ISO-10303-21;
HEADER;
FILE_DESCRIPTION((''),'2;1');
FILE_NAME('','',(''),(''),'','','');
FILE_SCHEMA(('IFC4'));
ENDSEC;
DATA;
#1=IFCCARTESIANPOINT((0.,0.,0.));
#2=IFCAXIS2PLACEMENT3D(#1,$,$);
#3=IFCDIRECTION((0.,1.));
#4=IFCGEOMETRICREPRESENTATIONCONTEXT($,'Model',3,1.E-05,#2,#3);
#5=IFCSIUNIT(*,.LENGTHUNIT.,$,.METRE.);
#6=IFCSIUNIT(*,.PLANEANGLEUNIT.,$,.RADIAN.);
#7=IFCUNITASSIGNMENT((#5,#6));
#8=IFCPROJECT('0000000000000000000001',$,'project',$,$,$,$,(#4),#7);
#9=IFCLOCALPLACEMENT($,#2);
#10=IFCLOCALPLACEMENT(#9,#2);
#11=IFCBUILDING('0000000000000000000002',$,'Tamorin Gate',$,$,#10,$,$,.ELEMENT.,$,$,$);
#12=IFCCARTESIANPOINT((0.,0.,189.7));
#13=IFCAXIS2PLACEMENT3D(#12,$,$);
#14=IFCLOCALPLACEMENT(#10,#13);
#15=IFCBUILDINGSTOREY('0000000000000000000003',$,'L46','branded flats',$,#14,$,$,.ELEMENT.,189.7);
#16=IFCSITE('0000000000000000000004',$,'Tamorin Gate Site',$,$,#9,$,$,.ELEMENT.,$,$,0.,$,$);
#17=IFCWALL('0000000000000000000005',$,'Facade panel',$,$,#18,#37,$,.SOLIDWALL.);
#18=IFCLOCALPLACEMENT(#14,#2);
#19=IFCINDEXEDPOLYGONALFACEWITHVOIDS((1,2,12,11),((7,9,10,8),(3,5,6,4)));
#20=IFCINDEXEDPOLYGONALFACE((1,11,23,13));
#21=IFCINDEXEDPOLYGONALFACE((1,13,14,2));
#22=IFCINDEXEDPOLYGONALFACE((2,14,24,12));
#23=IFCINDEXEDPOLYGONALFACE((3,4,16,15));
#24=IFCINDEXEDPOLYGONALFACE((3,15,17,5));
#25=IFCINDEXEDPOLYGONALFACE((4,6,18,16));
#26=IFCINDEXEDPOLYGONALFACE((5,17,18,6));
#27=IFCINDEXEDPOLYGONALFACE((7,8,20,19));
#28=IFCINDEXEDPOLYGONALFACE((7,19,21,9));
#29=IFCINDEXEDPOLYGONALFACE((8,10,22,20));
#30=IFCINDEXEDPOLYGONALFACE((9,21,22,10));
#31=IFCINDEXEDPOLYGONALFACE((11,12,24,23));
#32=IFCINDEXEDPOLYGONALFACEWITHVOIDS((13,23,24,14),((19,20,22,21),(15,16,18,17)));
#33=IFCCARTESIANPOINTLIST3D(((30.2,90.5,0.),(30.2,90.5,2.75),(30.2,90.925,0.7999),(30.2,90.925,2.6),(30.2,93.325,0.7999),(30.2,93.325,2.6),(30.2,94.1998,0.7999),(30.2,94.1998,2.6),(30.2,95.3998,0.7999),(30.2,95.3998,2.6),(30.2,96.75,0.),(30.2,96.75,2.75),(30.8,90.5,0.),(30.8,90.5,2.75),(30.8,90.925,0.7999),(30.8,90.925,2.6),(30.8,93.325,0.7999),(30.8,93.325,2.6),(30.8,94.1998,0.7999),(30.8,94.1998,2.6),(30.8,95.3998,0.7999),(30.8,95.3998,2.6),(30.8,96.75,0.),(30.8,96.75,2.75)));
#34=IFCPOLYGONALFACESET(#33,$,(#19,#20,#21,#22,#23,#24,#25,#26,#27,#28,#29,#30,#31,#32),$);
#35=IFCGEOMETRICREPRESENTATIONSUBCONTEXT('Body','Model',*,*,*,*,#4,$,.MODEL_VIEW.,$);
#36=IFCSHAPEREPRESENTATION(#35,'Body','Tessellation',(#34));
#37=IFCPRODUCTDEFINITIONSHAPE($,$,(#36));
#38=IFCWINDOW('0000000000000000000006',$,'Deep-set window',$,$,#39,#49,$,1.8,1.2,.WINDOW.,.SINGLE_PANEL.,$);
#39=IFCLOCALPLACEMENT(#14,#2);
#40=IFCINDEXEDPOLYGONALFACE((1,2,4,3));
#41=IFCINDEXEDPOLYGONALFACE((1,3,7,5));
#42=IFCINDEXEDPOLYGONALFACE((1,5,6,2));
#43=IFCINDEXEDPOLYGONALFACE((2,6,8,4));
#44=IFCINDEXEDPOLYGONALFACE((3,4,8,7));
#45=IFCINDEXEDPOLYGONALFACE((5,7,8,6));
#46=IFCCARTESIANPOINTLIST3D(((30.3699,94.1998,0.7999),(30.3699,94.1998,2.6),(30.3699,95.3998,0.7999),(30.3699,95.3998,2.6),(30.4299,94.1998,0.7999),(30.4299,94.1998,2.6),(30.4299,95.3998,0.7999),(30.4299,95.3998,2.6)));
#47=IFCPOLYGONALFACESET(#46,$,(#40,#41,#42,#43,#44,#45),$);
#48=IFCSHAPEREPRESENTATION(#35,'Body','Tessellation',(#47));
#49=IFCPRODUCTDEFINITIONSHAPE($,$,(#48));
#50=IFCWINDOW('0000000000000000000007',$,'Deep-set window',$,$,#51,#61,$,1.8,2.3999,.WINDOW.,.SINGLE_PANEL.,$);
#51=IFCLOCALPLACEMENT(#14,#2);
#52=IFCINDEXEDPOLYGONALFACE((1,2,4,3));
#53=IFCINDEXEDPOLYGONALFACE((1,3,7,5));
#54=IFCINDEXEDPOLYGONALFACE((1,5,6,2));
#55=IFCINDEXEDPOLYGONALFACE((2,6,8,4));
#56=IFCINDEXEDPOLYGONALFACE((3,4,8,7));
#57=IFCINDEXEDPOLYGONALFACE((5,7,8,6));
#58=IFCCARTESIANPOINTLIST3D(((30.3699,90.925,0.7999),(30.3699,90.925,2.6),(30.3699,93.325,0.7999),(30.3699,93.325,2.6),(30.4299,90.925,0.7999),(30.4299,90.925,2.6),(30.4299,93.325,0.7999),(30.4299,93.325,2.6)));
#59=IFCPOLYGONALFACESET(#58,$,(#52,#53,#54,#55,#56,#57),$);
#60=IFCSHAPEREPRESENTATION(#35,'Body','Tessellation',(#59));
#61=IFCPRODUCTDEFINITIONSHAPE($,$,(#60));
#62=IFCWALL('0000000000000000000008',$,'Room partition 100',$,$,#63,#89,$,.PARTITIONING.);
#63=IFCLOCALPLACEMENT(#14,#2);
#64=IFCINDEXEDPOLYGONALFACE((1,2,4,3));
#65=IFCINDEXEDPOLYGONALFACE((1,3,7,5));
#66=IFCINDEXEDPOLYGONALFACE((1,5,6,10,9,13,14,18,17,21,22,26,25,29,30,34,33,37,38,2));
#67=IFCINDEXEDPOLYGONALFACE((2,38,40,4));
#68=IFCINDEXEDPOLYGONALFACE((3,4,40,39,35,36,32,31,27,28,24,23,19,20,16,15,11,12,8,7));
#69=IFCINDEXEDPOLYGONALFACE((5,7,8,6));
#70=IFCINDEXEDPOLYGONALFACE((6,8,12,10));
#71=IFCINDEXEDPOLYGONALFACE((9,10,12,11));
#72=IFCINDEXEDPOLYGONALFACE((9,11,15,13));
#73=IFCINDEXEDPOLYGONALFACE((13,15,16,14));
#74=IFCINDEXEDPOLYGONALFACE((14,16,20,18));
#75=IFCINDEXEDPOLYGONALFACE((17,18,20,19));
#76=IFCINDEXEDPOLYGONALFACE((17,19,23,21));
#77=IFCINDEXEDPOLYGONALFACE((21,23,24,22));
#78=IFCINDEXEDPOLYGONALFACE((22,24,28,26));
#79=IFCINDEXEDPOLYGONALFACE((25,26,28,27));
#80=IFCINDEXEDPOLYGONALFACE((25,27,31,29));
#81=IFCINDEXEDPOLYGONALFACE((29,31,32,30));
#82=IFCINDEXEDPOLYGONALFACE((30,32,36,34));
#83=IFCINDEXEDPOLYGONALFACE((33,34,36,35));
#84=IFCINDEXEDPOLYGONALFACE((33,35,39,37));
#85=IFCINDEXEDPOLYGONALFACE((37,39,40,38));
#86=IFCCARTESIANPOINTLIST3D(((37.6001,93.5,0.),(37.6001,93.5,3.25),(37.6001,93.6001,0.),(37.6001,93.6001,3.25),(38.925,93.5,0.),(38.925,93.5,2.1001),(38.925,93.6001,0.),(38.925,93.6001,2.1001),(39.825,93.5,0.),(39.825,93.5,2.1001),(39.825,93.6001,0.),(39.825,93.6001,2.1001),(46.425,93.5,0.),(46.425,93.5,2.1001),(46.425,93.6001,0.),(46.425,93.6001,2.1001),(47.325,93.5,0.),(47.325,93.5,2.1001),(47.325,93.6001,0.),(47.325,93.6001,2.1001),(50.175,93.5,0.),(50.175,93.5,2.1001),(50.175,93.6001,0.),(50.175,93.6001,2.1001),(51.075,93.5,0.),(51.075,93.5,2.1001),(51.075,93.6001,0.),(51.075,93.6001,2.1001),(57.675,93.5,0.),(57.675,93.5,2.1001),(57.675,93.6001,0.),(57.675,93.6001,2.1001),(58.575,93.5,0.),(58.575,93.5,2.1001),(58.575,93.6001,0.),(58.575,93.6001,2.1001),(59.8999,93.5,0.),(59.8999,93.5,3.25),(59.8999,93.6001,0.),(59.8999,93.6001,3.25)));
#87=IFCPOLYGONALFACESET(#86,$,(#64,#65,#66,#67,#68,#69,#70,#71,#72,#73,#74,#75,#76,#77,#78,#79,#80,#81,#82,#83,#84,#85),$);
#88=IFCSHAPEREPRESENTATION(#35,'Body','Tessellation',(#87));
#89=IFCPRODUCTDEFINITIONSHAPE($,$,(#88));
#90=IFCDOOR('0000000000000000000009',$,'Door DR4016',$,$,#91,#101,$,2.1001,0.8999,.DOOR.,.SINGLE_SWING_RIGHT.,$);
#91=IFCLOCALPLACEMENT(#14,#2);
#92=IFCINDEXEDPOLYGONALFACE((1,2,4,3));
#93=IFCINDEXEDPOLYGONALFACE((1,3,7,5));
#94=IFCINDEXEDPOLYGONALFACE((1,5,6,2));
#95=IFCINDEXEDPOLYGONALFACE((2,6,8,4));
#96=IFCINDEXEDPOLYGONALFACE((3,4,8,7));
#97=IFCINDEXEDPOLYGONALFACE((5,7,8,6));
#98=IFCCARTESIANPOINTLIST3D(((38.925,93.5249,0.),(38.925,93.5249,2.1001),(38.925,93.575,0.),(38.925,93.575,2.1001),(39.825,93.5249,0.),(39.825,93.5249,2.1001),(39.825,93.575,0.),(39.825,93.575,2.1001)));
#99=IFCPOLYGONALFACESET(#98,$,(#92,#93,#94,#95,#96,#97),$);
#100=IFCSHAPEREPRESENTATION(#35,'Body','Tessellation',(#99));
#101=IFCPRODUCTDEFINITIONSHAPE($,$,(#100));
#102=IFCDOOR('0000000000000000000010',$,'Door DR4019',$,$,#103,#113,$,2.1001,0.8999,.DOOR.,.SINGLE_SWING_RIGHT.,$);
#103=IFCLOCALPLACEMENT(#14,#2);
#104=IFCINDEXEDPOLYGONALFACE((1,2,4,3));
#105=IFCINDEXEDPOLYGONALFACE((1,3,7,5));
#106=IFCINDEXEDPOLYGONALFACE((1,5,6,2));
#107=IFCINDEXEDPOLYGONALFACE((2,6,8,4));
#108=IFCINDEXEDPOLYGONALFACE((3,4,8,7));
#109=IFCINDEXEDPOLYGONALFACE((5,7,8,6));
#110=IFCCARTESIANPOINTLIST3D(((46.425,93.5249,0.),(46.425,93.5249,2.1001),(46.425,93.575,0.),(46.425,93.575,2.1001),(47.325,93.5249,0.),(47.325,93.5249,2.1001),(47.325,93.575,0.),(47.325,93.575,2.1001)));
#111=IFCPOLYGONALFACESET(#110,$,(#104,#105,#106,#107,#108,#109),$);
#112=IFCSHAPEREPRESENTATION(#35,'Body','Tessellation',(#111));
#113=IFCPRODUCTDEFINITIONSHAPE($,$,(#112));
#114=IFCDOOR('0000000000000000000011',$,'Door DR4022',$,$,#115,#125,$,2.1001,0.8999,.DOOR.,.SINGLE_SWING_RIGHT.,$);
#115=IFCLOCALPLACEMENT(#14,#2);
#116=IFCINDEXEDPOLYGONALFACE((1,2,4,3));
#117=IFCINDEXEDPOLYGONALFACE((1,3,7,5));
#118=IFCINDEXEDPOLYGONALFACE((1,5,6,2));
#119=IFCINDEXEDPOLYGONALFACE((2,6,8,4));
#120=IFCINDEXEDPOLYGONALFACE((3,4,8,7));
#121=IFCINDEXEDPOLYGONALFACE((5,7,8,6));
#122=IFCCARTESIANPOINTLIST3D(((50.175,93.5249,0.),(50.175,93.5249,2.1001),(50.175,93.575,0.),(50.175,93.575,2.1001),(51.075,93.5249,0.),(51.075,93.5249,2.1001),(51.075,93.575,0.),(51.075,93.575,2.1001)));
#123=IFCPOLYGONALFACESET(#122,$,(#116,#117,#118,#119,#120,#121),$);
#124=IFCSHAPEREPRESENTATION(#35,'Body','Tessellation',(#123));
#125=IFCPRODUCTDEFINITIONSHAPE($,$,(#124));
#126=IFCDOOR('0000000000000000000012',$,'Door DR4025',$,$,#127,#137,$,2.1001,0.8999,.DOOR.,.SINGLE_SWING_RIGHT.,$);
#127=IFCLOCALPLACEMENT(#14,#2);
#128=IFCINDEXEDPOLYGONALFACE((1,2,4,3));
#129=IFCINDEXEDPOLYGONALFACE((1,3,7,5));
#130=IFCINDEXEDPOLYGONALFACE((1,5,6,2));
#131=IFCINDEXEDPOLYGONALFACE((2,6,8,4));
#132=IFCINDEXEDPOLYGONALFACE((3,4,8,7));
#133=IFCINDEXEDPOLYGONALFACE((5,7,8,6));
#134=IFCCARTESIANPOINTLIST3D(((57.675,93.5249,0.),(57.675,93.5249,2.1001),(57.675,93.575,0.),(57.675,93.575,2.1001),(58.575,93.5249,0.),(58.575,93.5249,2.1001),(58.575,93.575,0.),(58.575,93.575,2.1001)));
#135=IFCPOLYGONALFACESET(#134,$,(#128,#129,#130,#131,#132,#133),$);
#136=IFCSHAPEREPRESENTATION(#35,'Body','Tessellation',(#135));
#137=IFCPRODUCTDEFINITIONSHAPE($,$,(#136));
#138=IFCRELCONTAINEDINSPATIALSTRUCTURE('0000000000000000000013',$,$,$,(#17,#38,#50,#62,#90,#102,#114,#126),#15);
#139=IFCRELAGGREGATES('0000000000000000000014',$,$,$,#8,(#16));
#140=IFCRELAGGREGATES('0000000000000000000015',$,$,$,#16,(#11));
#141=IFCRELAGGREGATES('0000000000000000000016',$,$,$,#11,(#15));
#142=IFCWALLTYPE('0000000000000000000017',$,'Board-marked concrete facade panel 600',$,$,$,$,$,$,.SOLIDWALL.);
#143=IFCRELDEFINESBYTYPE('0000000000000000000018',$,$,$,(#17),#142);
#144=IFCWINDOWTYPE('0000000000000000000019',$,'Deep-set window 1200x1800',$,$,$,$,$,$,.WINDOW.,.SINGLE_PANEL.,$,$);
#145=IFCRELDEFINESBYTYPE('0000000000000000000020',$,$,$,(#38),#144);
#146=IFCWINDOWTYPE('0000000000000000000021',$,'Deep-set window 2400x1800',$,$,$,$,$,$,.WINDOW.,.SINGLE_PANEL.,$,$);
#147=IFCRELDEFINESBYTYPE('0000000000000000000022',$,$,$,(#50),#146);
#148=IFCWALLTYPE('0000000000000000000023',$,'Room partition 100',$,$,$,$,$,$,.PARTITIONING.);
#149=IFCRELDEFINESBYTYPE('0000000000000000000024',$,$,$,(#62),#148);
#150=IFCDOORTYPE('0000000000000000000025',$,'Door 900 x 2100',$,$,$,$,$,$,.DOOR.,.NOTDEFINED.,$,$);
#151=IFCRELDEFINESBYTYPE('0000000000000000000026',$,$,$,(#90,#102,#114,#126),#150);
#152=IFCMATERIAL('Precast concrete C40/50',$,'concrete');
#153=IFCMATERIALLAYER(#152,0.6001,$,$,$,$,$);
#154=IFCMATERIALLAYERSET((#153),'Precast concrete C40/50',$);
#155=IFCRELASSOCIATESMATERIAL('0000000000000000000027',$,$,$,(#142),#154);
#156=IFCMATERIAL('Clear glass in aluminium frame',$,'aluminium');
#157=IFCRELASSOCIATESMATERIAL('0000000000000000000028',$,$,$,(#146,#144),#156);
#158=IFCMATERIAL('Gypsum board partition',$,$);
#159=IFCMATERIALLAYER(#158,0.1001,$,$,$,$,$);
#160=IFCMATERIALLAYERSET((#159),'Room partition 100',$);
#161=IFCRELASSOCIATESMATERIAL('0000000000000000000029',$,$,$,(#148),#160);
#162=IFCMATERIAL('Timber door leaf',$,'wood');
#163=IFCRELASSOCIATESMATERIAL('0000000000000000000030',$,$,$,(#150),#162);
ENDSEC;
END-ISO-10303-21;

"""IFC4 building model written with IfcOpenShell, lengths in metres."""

from ifc_helpers import new_model, si_unit, direction, frame, frame_2d, origin, place, context, subcontext, project, spatial, rectangle, extrude, material, layer, layer_set, type_object, element, fill, save


model = new_model("IFC4")

# Units and contexts
model_context = context("Model", 3, precision=1e-05, world=origin(), true_north=direction((0.0, 1.0)))
body_context = subcontext(model_context, "Body", "Model", "MODEL_VIEW")
ifc_project = project(units=[si_unit("LENGTHUNIT", "METRE"), si_unit("PLANEANGLEUNIT", "RADIAN")], contexts=[model_context])

# Site, building, storey
site_placement = place(None, origin())
site = spatial("IfcSite", under=ifc_project, at=site_placement, Name="Tamorin Gate Site", CompositionType="ELEMENT", RefElevation=0.0)
building_placement = place(site_placement, origin())
building = spatial("IfcBuilding", under=site, at=building_placement, Name="Tamorin Gate", CompositionType="ELEMENT")
storey_placement = place(building_placement, frame((0.0, 0.0, 189.7)))
storey = spatial("IfcBuildingStorey", under=building, at=storey_placement, Name="L46", Description="branded flats", CompositionType="ELEMENT", Elevation=189.7)

# Shared definitions
ifc_material_1 = material(Name="Precast concrete C40/50", Category="concrete")
ifc_layer_1 = layer(ifc_material_1, 0.6001)
ifc_layer_set_1 = layer_set([ifc_layer_1], Name="Precast concrete C40/50")
wall_type_1 = type_object("IfcWallType", Name="Board-marked concrete facade panel 600", PredefinedType="SOLIDWALL", material=ifc_layer_set_1)
ifc_material_2 = material(Name="Clear glass in aluminium frame", Category="aluminium")
window_type_1 = type_object("IfcWindowType", Name="Deep-set window 2400x1800", PartitioningType="SINGLE_PANEL", PredefinedType="WINDOW", material=ifc_material_2)

# Wall, openings, windows
wall_1_placement = place(storey_placement, frame((30.5, 96.75, 0.0), z_axis=(0.0, 0.0, 1.0), x_axis=(0.0, -1.0, 0.0)))
wall_1 = element("IfcWall", 1, at=wall_1_placement, inside=storey, type_object=wall_type_1, Name="Facade panel", PredefinedType="SOLIDWALL", context=body_context, shape_type="SweptSolid", body=[
    extrude(rectangle(XDim=6.25, YDim=0.6001, at=frame_2d((3.125, 0.0))), origin(), (0.0, 0.0, 1.0), 2.75),
])
opening_1_placement = place(wall_1_placement, frame((3.425, 0.0, 0.8)))
opening_1 = element("IfcOpeningElement", 2, at=opening_1_placement, cuts=wall_1, PredefinedType="OPENING", context=body_context, shape_type="SweptSolid", body=[
    extrude(rectangle(XDim=2.3999, YDim=1.8, at=frame_2d((1.2, 0.8999))), frame((0.0, 0.3101, 0.0), z_axis=(0.0, -1.0, 0.0), x_axis=(1.0, 0.0, 0.0)), (0.0, 0.0, 1.0), 0.6201),
])
opening_2_placement = place(wall_1_placement, frame((1.3501, 0.0, 0.8)))
opening_2 = element("IfcOpeningElement", 3, at=opening_2_placement, cuts=wall_1, PredefinedType="OPENING", context=body_context, shape_type="SweptSolid", body=[
    extrude(rectangle(XDim=1.2, YDim=1.8, at=frame_2d((0.6001, 0.8999))), frame((0.0, 0.3101, 0.0), z_axis=(0.0, -1.0, 0.0), x_axis=(1.0, 0.0, 0.0)), (0.0, 0.0, 1.0), 0.6201),
])
window_type_2 = type_object("IfcWindowType", Name="Deep-set window 1200x1800", PartitioningType="SINGLE_PANEL", PredefinedType="WINDOW", material=ifc_material_2)
window_1_placement = place(opening_2_placement, origin())
window_1 = element("IfcWindow", 4, at=window_1_placement, inside=storey, type_object=window_type_2, Name="Deep-set window", OverallHeight=1.8, OverallWidth=1.2, PartitioningType="SINGLE_PANEL", PredefinedType="WINDOW", context=body_context, shape_type="SweptSolid", body=[
    extrude(rectangle(XDim=1.2, YDim=1.8, at=frame_2d((0.6001, 0.8999))), frame((0.0, -0.0701, 0.0), z_axis=(0.0, -1.0, 0.0), x_axis=(1.0, 0.0, 0.0)), (0.0, 0.0, 1.0), 0.0601),
])
fill(opening_2, window_1)
window_2_placement = place(opening_1_placement, origin())
window_2 = element("IfcWindow", 5, at=window_2_placement, inside=storey, type_object=window_type_1, Name="Deep-set window", OverallHeight=1.8, OverallWidth=2.3999, PartitioningType="SINGLE_PANEL", PredefinedType="WINDOW", context=body_context, shape_type="SweptSolid", body=[
    extrude(rectangle(XDim=2.3999, YDim=1.8, at=frame_2d((1.2, 0.8999))), frame((0.0, -0.0701, 0.0), z_axis=(0.0, -1.0, 0.0), x_axis=(1.0, 0.0, 0.0)), (0.0, 0.0, 1.0), 0.0601),
])
fill(opening_1, window_2)

# Wall, openings, doors
ifc_material_3 = material(Name="Gypsum board partition")
ifc_layer_2 = layer(ifc_material_3, 0.1001)
ifc_layer_set_2 = layer_set([ifc_layer_2], Name="Room partition 100")
wall_type_2 = type_object("IfcWallType", Name="Room partition 100", PredefinedType="PARTITIONING", material=ifc_layer_set_2)
wall_2_placement = place(storey_placement, frame((37.6001, 93.55, 0.0), z_axis=(0.0, 0.0, 1.0), x_axis=(1.0, 0.0, 0.0)))
wall_2 = element("IfcWall", 6, at=wall_2_placement, inside=storey, type_object=wall_type_2, Name="Room partition 100", PredefinedType="PARTITIONING", context=body_context, shape_type="SweptSolid", body=[
    extrude(rectangle(XDim=22.2998, YDim=0.1001, at=frame_2d((11.1499, 0.0))), origin(), (0.0, 0.0, 1.0), 3.25),
])
opening_3_placement = place(wall_2_placement, frame((1.325, 0.0, 0.0)))
opening_3 = element("IfcOpeningElement", 7, at=opening_3_placement, cuts=wall_2, PredefinedType="OPENING", context=body_context, shape_type="SweptSolid", body=[
    extrude(rectangle(XDim=0.8999, YDim=2.1001, at=frame_2d((0.45, 1.05))), frame((0.0, 0.0601, 0.0), z_axis=(0.0, -1.0, 0.0), x_axis=(1.0, 0.0, 0.0)), (0.0, 0.0, 1.0), 0.1201),
])
opening_4_placement = place(wall_2_placement, frame((8.825, 0.0, 0.0)))
opening_4 = element("IfcOpeningElement", 8, at=opening_4_placement, cuts=wall_2, PredefinedType="OPENING", context=body_context, shape_type="SweptSolid", body=[
    extrude(rectangle(XDim=0.8999, YDim=2.1001, at=frame_2d((0.45, 1.05))), frame((0.0, 0.0601, 0.0), z_axis=(0.0, -1.0, 0.0), x_axis=(1.0, 0.0, 0.0)), (0.0, 0.0, 1.0), 0.1201),
])
opening_5_placement = place(wall_2_placement, frame((12.575, 0.0, 0.0)))
opening_5 = element("IfcOpeningElement", 9, at=opening_5_placement, cuts=wall_2, PredefinedType="OPENING", context=body_context, shape_type="SweptSolid", body=[
    extrude(rectangle(XDim=0.8999, YDim=2.1001, at=frame_2d((0.45, 1.05))), frame((0.0, 0.0601, 0.0), z_axis=(0.0, -1.0, 0.0), x_axis=(1.0, 0.0, 0.0)), (0.0, 0.0, 1.0), 0.1201),
])
opening_6_placement = place(wall_2_placement, frame((20.075, 0.0, 0.0)))
opening_6 = element("IfcOpeningElement", 10, at=opening_6_placement, cuts=wall_2, PredefinedType="OPENING", context=body_context, shape_type="SweptSolid", body=[
    extrude(rectangle(XDim=0.8999, YDim=2.1001, at=frame_2d((0.45, 1.05))), frame((0.0, 0.0601, 0.0), z_axis=(0.0, -1.0, 0.0), x_axis=(1.0, 0.0, 0.0)), (0.0, 0.0, 1.0), 0.1201),
])
ifc_material_4 = material(Name="Timber door leaf", Category="wood")
door_type = type_object("IfcDoorType", Name="Door 900 x 2100", OperationType="NOTDEFINED", PredefinedType="DOOR", material=ifc_material_4)
door_1_placement = place(opening_3_placement, origin())
door_1 = element("IfcDoor", 11, at=door_1_placement, inside=storey, type_object=door_type, Name="Door DR4016", OperationType="SINGLE_SWING_RIGHT", OverallHeight=2.1001, OverallWidth=0.8999, PredefinedType="DOOR", context=body_context, shape_type="SweptSolid", body=[
    extrude(rectangle(XDim=0.8999, YDim=2.1001, at=frame_2d((0.45, 1.05))), frame((0.0, 0.0249, 0.0), z_axis=(0.0, -1.0, 0.0), x_axis=(1.0, 0.0, 0.0)), (0.0, 0.0, 1.0), 0.05),
])
fill(opening_3, door_1)
door_2_placement = place(opening_4_placement, origin())
door_2 = element("IfcDoor", 12, at=door_2_placement, inside=storey, type_object=door_type, Name="Door DR4019", OperationType="SINGLE_SWING_RIGHT", OverallHeight=2.1001, OverallWidth=0.8999, PredefinedType="DOOR", context=body_context, shape_type="SweptSolid", body=[
    extrude(rectangle(XDim=0.8999, YDim=2.1001, at=frame_2d((0.45, 1.05))), frame((0.0, 0.0249, 0.0), z_axis=(0.0, -1.0, 0.0), x_axis=(1.0, 0.0, 0.0)), (0.0, 0.0, 1.0), 0.05),
])
fill(opening_4, door_2)
door_3_placement = place(opening_5_placement, origin())
door_3 = element("IfcDoor", 13, at=door_3_placement, inside=storey, type_object=door_type, Name="Door DR4022", OperationType="SINGLE_SWING_RIGHT", OverallHeight=2.1001, OverallWidth=0.8999, PredefinedType="DOOR", context=body_context, shape_type="SweptSolid", body=[
    extrude(rectangle(XDim=0.8999, YDim=2.1001, at=frame_2d((0.45, 1.05))), frame((0.0, 0.0249, 0.0), z_axis=(0.0, -1.0, 0.0), x_axis=(1.0, 0.0, 0.0)), (0.0, 0.0, 1.0), 0.05),
])
fill(opening_5, door_3)
door_4_placement = place(opening_6_placement, origin())
door_4 = element("IfcDoor", 14, at=door_4_placement, inside=storey, type_object=door_type, Name="Door DR4025", OperationType="SINGLE_SWING_RIGHT", OverallHeight=2.1001, OverallWidth=0.8999, PredefinedType="DOOR", context=body_context, shape_type="SweptSolid", body=[
    extrude(rectangle(XDim=0.8999, YDim=2.1001, at=frame_2d((0.45, 1.05))), frame((0.0, 0.0249, 0.0), z_axis=(0.0, -1.0, 0.0), x_axis=(1.0, 0.0, 0.0)), (0.0, 0.0, 1.0), 0.05),
])
fill(opening_6, door_4)

save(model, "model.ifc")
